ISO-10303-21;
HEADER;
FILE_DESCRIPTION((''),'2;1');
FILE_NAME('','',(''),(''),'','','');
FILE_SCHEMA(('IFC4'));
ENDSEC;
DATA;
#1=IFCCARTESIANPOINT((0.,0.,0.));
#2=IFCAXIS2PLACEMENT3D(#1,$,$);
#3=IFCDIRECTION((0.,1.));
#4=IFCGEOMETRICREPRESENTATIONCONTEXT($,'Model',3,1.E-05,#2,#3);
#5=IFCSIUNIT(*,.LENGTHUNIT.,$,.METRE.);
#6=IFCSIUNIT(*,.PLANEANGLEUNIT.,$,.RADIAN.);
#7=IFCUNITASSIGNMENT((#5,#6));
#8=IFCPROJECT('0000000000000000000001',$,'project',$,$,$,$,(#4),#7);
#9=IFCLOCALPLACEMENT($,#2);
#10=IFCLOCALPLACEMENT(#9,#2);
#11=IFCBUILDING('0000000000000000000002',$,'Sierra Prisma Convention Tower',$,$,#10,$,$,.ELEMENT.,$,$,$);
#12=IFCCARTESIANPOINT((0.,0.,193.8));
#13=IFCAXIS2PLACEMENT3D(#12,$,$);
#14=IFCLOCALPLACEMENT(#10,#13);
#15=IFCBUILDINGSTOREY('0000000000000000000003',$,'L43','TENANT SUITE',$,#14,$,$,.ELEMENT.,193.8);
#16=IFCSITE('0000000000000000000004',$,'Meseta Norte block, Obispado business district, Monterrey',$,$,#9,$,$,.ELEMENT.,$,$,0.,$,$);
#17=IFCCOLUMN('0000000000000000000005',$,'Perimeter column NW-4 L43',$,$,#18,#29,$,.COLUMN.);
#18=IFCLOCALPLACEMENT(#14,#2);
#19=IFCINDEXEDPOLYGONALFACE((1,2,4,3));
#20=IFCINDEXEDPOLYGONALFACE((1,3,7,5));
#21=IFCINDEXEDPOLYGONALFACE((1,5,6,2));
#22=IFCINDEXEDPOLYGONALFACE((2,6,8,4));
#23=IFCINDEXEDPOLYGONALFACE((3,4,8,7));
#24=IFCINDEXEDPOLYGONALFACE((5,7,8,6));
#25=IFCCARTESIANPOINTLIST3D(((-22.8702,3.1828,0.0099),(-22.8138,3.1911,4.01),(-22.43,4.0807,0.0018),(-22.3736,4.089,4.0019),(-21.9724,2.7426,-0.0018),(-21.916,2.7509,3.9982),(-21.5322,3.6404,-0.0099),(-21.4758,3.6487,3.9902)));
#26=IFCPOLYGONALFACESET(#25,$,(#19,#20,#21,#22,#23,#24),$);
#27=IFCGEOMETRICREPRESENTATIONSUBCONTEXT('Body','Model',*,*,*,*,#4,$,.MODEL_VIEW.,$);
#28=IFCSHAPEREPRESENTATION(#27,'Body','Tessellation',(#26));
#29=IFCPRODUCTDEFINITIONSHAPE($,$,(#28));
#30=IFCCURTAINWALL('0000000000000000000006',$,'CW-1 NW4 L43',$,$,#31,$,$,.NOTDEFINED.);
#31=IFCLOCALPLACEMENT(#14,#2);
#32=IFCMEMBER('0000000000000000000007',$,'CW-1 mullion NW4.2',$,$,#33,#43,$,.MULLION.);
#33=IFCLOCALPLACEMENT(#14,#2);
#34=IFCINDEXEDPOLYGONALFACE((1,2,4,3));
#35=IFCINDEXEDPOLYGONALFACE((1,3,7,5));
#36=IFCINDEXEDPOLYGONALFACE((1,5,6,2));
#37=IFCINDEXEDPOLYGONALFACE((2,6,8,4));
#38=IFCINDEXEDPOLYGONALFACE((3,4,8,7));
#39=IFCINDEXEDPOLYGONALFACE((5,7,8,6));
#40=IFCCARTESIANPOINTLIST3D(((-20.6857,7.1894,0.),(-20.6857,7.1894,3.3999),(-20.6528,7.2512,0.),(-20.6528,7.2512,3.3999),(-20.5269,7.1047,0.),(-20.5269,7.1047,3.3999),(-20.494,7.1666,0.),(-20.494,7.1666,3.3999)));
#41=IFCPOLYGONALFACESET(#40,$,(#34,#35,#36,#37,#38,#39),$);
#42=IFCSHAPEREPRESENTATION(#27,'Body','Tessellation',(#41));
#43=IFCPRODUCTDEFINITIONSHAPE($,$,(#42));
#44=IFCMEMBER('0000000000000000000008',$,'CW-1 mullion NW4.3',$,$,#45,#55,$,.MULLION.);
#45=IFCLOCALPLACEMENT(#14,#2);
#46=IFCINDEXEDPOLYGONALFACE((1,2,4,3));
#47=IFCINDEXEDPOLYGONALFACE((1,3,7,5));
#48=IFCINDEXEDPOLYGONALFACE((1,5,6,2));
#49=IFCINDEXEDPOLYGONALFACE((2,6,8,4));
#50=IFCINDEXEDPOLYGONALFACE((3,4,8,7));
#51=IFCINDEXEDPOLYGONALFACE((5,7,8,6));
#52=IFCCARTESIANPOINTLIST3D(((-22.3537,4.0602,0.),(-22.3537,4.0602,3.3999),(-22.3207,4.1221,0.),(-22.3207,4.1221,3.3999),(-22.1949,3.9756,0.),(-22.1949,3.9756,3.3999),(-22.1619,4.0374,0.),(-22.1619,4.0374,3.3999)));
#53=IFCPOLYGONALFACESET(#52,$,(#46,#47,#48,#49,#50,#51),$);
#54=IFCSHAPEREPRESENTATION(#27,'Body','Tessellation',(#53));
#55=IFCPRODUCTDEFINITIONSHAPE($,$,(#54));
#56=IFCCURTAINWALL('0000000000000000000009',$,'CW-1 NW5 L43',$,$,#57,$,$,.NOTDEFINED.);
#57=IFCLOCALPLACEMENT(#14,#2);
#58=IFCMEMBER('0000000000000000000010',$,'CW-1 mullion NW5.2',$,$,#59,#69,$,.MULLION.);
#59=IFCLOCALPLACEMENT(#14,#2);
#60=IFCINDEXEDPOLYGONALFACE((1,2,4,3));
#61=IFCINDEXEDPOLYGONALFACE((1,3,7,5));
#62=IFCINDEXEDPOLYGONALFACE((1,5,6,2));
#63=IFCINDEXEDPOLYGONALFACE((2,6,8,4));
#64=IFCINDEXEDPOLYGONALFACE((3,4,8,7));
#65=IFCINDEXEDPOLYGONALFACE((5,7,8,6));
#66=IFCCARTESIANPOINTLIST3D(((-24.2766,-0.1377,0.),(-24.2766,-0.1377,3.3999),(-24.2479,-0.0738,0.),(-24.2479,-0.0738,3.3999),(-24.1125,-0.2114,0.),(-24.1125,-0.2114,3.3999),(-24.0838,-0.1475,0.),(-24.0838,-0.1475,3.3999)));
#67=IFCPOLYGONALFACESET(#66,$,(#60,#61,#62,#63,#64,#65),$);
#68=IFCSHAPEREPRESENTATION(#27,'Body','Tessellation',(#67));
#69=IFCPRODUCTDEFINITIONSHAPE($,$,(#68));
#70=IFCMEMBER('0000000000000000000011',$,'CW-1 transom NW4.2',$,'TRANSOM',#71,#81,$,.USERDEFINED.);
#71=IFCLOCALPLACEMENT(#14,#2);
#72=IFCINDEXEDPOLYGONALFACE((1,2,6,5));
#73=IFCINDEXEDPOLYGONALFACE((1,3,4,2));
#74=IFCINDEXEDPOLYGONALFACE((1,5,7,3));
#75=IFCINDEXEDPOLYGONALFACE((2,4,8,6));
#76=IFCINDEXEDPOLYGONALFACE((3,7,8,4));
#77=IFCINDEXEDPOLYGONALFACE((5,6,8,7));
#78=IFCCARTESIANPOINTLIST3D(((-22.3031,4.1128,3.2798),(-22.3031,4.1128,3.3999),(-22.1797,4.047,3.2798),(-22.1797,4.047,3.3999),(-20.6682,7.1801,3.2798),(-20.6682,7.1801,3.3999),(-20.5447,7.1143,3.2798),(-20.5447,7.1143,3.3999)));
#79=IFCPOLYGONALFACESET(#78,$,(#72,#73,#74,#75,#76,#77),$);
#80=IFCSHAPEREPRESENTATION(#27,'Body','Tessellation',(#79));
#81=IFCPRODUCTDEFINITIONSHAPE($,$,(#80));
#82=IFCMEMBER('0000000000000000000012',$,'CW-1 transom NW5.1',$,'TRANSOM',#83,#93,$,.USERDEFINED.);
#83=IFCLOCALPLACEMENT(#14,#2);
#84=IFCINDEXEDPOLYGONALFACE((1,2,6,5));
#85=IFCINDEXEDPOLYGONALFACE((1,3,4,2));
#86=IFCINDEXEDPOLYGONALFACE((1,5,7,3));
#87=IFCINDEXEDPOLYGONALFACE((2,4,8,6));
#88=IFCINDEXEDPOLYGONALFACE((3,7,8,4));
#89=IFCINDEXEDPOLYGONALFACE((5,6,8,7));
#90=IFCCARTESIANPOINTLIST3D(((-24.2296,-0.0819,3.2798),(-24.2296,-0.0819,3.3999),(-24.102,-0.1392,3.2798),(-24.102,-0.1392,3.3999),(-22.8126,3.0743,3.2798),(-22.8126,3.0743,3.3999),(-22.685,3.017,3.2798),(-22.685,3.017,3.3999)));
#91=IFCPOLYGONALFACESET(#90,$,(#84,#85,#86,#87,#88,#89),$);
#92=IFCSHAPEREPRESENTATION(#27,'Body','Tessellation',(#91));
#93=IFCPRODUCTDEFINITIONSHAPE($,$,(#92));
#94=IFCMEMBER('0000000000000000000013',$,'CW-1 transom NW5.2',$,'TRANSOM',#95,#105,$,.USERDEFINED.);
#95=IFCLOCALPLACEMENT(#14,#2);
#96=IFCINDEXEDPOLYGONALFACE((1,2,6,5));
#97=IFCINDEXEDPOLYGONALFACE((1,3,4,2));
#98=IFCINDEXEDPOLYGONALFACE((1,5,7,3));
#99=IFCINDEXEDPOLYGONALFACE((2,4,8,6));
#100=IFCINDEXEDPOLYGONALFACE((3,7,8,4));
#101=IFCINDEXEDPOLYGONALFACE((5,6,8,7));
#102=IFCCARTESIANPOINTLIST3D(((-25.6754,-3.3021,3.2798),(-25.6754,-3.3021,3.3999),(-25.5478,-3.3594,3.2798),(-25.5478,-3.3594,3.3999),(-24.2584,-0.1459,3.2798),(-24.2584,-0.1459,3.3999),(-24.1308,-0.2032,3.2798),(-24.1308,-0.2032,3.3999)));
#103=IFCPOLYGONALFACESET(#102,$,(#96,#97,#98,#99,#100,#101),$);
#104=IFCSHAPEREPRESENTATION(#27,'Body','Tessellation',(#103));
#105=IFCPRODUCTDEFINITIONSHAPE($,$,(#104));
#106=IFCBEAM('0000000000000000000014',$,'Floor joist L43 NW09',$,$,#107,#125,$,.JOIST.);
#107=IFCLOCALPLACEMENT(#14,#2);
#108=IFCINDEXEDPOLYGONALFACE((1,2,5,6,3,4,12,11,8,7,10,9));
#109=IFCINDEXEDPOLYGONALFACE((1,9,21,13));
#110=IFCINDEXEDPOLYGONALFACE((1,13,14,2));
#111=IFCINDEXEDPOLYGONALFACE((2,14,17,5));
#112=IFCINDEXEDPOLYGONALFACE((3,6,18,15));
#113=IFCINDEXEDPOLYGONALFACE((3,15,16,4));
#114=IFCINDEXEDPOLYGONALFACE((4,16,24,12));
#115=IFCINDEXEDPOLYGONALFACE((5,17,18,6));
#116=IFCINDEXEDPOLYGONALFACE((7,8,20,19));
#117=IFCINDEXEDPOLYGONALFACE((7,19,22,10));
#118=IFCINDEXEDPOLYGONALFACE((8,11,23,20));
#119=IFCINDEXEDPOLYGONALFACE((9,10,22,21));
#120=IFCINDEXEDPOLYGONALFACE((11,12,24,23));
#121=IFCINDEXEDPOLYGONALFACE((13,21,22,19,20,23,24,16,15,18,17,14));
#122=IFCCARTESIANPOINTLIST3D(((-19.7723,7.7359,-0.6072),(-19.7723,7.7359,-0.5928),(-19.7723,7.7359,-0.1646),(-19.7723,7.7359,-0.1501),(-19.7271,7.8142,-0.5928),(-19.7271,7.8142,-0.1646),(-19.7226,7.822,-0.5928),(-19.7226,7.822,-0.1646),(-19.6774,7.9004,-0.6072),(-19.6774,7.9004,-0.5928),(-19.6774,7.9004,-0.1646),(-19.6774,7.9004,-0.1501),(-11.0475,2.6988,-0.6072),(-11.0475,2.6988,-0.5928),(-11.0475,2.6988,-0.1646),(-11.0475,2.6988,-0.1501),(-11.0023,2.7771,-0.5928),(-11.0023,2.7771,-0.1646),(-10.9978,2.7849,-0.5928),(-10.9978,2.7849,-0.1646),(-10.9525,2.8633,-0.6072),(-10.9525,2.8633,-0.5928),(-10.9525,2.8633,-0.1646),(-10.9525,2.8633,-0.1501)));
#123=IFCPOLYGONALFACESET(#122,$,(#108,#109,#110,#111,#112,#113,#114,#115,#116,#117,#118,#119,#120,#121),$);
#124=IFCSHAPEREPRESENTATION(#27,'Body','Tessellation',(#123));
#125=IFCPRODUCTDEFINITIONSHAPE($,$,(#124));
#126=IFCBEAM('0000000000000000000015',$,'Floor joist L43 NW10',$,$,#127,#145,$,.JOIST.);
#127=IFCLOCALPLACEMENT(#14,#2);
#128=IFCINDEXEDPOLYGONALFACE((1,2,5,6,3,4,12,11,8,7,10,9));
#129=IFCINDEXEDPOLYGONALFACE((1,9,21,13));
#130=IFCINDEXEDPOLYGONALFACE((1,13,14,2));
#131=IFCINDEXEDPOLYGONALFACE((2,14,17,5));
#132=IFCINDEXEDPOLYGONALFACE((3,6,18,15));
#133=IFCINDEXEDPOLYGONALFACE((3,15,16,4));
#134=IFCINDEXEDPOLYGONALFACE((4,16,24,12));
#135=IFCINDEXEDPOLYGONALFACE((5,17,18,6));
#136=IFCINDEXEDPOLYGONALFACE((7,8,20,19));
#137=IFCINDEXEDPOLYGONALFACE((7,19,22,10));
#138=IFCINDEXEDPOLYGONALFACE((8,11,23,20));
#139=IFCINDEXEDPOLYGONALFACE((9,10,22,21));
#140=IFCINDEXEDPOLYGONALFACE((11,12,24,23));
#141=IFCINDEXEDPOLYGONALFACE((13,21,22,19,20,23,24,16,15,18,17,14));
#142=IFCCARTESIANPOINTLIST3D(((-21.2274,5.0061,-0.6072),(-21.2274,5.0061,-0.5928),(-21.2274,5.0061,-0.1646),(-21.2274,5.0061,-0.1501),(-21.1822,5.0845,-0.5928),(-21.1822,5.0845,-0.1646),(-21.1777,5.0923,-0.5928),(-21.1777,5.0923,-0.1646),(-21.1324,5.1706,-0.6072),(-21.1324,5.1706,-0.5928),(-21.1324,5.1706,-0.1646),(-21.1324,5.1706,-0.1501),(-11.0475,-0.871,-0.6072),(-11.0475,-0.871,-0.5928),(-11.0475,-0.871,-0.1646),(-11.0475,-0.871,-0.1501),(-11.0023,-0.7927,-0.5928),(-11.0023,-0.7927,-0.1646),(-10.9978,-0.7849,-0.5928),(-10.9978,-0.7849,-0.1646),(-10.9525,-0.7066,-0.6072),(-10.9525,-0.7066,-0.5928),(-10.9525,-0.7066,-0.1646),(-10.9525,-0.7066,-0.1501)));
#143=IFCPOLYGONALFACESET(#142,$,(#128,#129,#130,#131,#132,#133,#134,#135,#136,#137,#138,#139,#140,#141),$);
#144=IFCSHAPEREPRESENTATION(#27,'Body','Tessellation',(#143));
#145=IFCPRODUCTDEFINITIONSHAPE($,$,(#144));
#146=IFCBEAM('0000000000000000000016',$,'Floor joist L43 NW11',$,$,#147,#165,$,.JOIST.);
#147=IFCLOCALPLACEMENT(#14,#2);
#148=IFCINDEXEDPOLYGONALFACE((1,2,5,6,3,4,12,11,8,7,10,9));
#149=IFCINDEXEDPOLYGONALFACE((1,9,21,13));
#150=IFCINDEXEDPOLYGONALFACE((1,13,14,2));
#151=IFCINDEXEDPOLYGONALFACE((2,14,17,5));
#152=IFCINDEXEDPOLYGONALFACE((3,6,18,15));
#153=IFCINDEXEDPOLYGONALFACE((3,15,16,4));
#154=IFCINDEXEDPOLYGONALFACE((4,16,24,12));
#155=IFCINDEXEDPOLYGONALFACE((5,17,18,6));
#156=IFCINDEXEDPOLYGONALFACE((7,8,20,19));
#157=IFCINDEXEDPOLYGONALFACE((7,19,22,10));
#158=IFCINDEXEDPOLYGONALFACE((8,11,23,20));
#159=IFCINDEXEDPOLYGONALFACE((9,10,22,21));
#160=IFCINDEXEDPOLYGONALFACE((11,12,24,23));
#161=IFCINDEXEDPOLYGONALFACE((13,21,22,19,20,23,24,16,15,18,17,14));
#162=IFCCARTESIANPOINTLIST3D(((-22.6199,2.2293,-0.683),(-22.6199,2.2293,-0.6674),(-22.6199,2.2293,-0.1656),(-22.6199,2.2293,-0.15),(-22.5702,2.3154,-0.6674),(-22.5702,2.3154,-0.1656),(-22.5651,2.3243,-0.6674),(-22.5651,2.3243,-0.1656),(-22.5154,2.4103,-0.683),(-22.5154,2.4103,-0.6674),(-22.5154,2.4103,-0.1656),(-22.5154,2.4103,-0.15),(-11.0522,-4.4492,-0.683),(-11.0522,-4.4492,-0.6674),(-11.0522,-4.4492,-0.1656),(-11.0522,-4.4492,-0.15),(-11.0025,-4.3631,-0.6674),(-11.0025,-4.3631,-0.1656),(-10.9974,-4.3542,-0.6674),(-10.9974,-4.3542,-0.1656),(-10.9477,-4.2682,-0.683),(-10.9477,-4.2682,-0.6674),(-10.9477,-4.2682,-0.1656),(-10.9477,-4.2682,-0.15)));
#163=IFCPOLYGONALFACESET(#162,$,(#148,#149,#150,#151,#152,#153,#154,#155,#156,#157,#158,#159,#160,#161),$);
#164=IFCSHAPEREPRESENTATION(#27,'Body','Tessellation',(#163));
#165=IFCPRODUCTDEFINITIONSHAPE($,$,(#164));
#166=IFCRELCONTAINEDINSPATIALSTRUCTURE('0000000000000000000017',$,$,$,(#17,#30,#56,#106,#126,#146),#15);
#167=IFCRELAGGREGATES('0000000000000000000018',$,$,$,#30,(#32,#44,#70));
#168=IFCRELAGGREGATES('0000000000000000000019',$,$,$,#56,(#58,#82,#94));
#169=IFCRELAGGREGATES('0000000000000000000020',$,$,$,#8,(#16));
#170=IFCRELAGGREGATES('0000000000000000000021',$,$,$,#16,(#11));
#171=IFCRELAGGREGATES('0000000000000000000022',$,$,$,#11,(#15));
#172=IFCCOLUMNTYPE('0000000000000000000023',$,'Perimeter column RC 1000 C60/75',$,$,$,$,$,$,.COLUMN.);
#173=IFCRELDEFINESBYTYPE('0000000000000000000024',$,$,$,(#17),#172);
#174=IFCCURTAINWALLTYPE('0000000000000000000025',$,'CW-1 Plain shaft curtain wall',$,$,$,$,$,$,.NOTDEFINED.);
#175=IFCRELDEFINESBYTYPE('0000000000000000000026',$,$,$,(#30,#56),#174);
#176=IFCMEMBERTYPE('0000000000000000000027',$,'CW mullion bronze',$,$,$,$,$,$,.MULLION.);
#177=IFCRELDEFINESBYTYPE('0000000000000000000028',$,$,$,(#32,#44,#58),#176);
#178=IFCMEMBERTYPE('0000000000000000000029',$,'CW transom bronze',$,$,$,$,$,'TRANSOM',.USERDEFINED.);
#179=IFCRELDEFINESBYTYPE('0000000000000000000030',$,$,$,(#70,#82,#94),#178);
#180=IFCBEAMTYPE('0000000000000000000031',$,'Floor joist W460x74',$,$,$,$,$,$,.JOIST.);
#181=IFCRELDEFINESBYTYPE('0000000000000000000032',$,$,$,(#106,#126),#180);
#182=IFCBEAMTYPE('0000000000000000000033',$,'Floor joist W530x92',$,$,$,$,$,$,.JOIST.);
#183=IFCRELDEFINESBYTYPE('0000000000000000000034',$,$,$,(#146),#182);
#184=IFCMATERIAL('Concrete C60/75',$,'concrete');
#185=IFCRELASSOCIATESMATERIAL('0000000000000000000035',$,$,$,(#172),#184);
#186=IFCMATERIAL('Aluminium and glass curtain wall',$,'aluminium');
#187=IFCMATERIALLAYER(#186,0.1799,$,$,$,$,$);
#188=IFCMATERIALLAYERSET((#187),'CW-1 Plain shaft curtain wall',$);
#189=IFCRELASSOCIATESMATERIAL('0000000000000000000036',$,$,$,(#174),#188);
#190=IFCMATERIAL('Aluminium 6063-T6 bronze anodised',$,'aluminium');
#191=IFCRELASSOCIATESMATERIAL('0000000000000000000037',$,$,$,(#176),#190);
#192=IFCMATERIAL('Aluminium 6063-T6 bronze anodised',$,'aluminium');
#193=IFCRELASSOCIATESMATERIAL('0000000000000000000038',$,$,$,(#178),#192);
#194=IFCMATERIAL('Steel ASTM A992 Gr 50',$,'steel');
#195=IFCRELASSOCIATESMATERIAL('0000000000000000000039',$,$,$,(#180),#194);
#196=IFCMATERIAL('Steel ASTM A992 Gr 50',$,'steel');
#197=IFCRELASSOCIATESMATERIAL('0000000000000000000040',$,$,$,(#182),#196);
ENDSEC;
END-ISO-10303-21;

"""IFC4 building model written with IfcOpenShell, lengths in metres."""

from ifc_helpers import new_model, si_unit, direction, frame, origin, origin_2d, place, context, subcontext, project, spatial, rectangle, i_section, extrude, material, layer, layer_set, material_profile, profile_set, type_object, element, aggregate, save


model = new_model("IFC4")

# Units and contexts
model_context = context("Model", 3, precision=1e-05, world=origin(), true_north=direction((0.0, 1.0)))
body_context = subcontext(model_context, "Body", "Model", "MODEL_VIEW")
ifc_project = project(units=[si_unit("LENGTHUNIT", "METRE"), si_unit("PLANEANGLEUNIT", "RADIAN")], contexts=[model_context])

# Site, building, storey
site_placement = place(None, origin())
site = spatial("IfcSite", under=ifc_project, at=site_placement, Name="Meseta Norte block, Obispado business district, Monterrey", CompositionType="ELEMENT", RefElevation=0.0)
building_placement = place(site_placement, origin())
building = spatial("IfcBuilding", under=site, at=building_placement, Name="Sierra Prisma Convention Tower", CompositionType="ELEMENT")
storey_placement = place(building_placement, frame((0.0, 0.0, 193.8)))
storey = spatial("IfcBuildingStorey", under=building, at=storey_placement, Name="L43", Description="TENANT SUITE", CompositionType="ELEMENT", Elevation=193.8)

# Column
ifc_material_1 = material(Name="Concrete C60/75", Category="concrete")
ifc_material_profile_1 = material_profile(ifc_material_1, rectangle(XDim=1.0, YDim=1.0, at=origin_2d()), Name="Perimeter column RC 1000 C60/75")
ifc_profile_set_1 = profile_set([ifc_material_profile_1], Name="Concrete C60/75")
column_type = type_object("IfcColumnType", Name="Perimeter column RC 1000 C60/75", PredefinedType="COLUMN", material=ifc_profile_set_1)
column_placement = place(storey_placement, frame((-22.2012, 3.4116, 0.0), z_axis=(0.014098, 0.002075, 0.999898), x_axis=(0.440182, 0.897872, -0.008069)))
element("IfcColumn", 1, at=column_placement, inside=storey, type_object=column_type, Name="Perimeter column NW-4 L43", PredefinedType="COLUMN", context=body_context, shape_type="SweptSolid", body=[
    extrude(rectangle(XDim=1.0, YDim=1.0, at=origin_2d()), origin(), (0.0, 0.0, 1.0), 4.0005),
])

# Curtain wall, members
ifc_material_2 = material(Name="Aluminium and glass curtain wall", Category="aluminium")
ifc_layer_1 = layer(ifc_material_2, 0.1799)
ifc_layer_set_1 = layer_set([ifc_layer_1], Name="CW-1 Plain shaft curtain wall")
curtain_wall_type = type_object("IfcCurtainWallType", Name="CW-1 Plain shaft curtain wall", PredefinedType="NOTDEFINED", material=ifc_layer_set_1)
curtain_wall_1_placement = place(storey_placement, origin())
curtain_wall_1 = element("IfcCurtainWall", 2, at=curtain_wall_1_placement, inside=storey, type_object=curtain_wall_type, Name="CW-1 NW4 L43", PredefinedType="NOTDEFINED")
ifc_material_3 = material(Name="Aluminium 6063-T6 bronze anodised", Category="aluminium")
ifc_material_profile_2 = material_profile(ifc_material_3, rectangle(XDim=0.1799, YDim=0.0701, at=origin_2d()), Name="ALU MULLION 70x180")
ifc_profile_set_2 = profile_set([ifc_material_profile_2], Name="Aluminium 6063-T6 bronze anodised")
member_type_1 = type_object("IfcMemberType", Name="CW mullion bronze", PredefinedType="MULLION", material=ifc_profile_set_2)
member_1_placement = place(storey_placement, frame((-20.5898, 7.178, 0.0), z_axis=(0.0, 0.0, 1.0), x_axis=(0.882462, -0.470383, 0.0)))
member_1 = element("IfcMember", 3, at=member_1_placement, type_object=member_type_1, Name="CW-1 mullion NW4.2", PredefinedType="MULLION", context=body_context, shape_type="SweptSolid", body=[
    extrude(rectangle(XDim=0.1799, YDim=0.0701, at=origin_2d()), origin(), (0.0, 0.0, 1.0), 3.3999),
])
member_2_placement = place(storey_placement, frame((-22.2578, 4.0488, 0.0), z_axis=(0.0, 0.0, 1.0), x_axis=(0.882462, -0.470383, 0.0)))
member_2 = element("IfcMember", 4, at=member_2_placement, type_object=member_type_1, Name="CW-1 mullion NW4.3", PredefinedType="MULLION", context=body_context, shape_type="SweptSolid", body=[
    extrude(rectangle(XDim=0.1799, YDim=0.0701, at=origin_2d()), origin(), (0.0, 0.0, 1.0), 3.3999),
])

# Curtain wall, member
curtain_wall_2_placement = place(storey_placement, origin())
curtain_wall_2 = element("IfcCurtainWall", 5, at=curtain_wall_2_placement, inside=storey, type_object=curtain_wall_type, Name="CW-1 NW5 L43", PredefinedType="NOTDEFINED")
member_3_placement = place(storey_placement, frame((-24.1802, -0.1426, 0.0), z_axis=(0.0, 0.0, 1.0), x_axis=(0.912281, -0.409564, 0.0)))
member_3 = element("IfcMember", 6, at=member_3_placement, type_object=member_type_1, Name="CW-1 mullion NW5.2", PredefinedType="MULLION", context=body_context, shape_type="SweptSolid", body=[
    extrude(rectangle(XDim=0.1799, YDim=0.0701, at=origin_2d()), origin(), (0.0, 0.0, 1.0), 3.3999),
])

# Members
ifc_material_4 = material(Name="Aluminium 6063-T6 bronze anodised", Category="aluminium")
ifc_material_profile_3 = material_profile(ifc_material_4, rectangle(XDim=0.1399, YDim=0.1201, at=origin_2d()), Name="ALU TRANSOM 120x140")
ifc_profile_set_3 = profile_set([ifc_material_profile_3], Name="Aluminium 6063-T6 bronze anodised")
member_type_2 = type_object("IfcMemberType", Name="CW transom bronze", ElementType="TRANSOM", PredefinedType="USERDEFINED", material=ifc_profile_set_3)
member_4_placement = place(storey_placement, frame((-20.6064, 7.1472, 3.3398), z_axis=(-0.47038, -0.882464, 0.0), x_axis=(0.882464, -0.47038, 0.0)))
member_4 = element("IfcMember", 7, at=member_4_placement, type_object=member_type_2, Name="CW-1 transom NW4.2", ObjectType="TRANSOM", PredefinedType="USERDEFINED", context=body_context, shape_type="SweptSolid", body=[
    extrude(rectangle(XDim=0.1399, YDim=0.1201, at=origin_2d()), origin(), (0.0, 0.0, 1.0), 3.4758),
])
member_5_placement = place(storey_placement, frame((-22.7488, 3.0457, 3.3398), z_axis=(-0.409566, -0.91228, 0.0), x_axis=(0.91228, -0.409566, 0.0)))
member_5 = element("IfcMember", 8, at=member_5_placement, type_object=member_type_2, Name="CW-1 transom NW5.1", ObjectType="TRANSOM", PredefinedType="USERDEFINED", context=body_context, shape_type="SweptSolid", body=[
    extrude(rectangle(XDim=0.1399, YDim=0.1201, at=origin_2d()), origin(), (0.0, 0.0, 1.0), 3.4597),
])
member_6_placement = place(storey_placement, frame((-24.1946, -0.1746, 3.3398), z_axis=(-0.409566, -0.91228, 0.0), x_axis=(0.91228, -0.409566, 0.0)))
member_6 = element("IfcMember", 9, at=member_6_placement, type_object=member_type_2, Name="CW-1 transom NW5.2", ObjectType="TRANSOM", PredefinedType="USERDEFINED", context=body_context, shape_type="SweptSolid", body=[
    extrude(rectangle(XDim=0.1399, YDim=0.1201, at=origin_2d()), origin(), (0.0, 0.0, 1.0), 3.4597),
])

# Beams
ifc_material_5 = material(Name="Steel ASTM A992 Gr 50", Category="steel")
ifc_material_profile_4 = material_profile(ifc_material_5, i_section(OverallWidth=0.1899, OverallDepth=0.457, WebThickness=0.009, FlangeThickness=0.0144, at=origin_2d()), Name="W460x74")
ifc_profile_set_4 = profile_set([ifc_material_profile_4], Name="Steel ASTM A992 Gr 50")
beam_type_1 = type_object("IfcBeamType", Name="Floor joist W460x74", PredefinedType="JOIST", material=ifc_profile_set_4)
beam_1_placement = place(storey_placement, frame((-19.7249, 7.8181, -0.3787), z_axis=(0.866033, -0.499986, 0.0), x_axis=(0.499986, 0.866033, 0.0)))
element("IfcBeam", 10, at=beam_1_placement, inside=storey, type_object=beam_type_1, Name="Floor joist L43 NW09", PredefinedType="JOIST", context=body_context, shape_type="SweptSolid", body=[
    extrude(i_section(OverallWidth=0.1899, OverallDepth=0.457, WebThickness=0.009, FlangeThickness=0.0144, at=origin_2d()), origin(), (0.0, 0.0, 1.0), 10.0745),
])
beam_2_placement = place(storey_placement, frame((-21.1799, 5.0884, -0.3787), z_axis=(0.866032, -0.499988, 0.0), x_axis=(0.499988, 0.866032, 0.0)))
element("IfcBeam", 11, at=beam_2_placement, inside=storey, type_object=beam_type_1, Name="Floor joist L43 NW10", PredefinedType="JOIST", context=body_context, shape_type="SweptSolid", body=[
    extrude(i_section(OverallWidth=0.1899, OverallDepth=0.457, WebThickness=0.009, FlangeThickness=0.0144, at=origin_2d()), origin(), (0.0, 0.0, 1.0), 11.7546),
])
ifc_material_6 = material(Name="Steel ASTM A992 Gr 50", Category="steel")
ifc_material_profile_5 = material_profile(ifc_material_6, i_section(OverallWidth=0.209, OverallDepth=0.533, WebThickness=0.0103, FlangeThickness=0.0156, at=origin_2d()), Name="W530x92")
ifc_profile_set_5 = profile_set([ifc_material_profile_5], Name="Steel ASTM A992 Gr 50")
beam_type_2 = type_object("IfcBeamType", Name="Floor joist W530x92", PredefinedType="JOIST", material=ifc_profile_set_5)
beam_3_placement = place(storey_placement, frame((-22.5676, 2.3198, -0.4165), z_axis=(0.866029, -0.499994, 0.0), x_axis=(0.499994, 0.866029, 0.0)))
element("IfcBeam", 12, at=beam_3_placement, inside=storey, type_object=beam_type_2, Name="Floor joist L43 NW11", PredefinedType="JOIST", context=body_context, shape_type="SweptSolid", body=[
    extrude(i_section(OverallWidth=0.209, OverallDepth=0.533, WebThickness=0.0103, FlangeThickness=0.0156, at=origin_2d()), origin(), (0.0, 0.0, 1.0), 13.3572),
])

aggregate(curtain_wall_1, [member_1, member_2, member_4])
aggregate(curtain_wall_2, [member_3, member_5, member_6])

save(model, "model.ifc")
